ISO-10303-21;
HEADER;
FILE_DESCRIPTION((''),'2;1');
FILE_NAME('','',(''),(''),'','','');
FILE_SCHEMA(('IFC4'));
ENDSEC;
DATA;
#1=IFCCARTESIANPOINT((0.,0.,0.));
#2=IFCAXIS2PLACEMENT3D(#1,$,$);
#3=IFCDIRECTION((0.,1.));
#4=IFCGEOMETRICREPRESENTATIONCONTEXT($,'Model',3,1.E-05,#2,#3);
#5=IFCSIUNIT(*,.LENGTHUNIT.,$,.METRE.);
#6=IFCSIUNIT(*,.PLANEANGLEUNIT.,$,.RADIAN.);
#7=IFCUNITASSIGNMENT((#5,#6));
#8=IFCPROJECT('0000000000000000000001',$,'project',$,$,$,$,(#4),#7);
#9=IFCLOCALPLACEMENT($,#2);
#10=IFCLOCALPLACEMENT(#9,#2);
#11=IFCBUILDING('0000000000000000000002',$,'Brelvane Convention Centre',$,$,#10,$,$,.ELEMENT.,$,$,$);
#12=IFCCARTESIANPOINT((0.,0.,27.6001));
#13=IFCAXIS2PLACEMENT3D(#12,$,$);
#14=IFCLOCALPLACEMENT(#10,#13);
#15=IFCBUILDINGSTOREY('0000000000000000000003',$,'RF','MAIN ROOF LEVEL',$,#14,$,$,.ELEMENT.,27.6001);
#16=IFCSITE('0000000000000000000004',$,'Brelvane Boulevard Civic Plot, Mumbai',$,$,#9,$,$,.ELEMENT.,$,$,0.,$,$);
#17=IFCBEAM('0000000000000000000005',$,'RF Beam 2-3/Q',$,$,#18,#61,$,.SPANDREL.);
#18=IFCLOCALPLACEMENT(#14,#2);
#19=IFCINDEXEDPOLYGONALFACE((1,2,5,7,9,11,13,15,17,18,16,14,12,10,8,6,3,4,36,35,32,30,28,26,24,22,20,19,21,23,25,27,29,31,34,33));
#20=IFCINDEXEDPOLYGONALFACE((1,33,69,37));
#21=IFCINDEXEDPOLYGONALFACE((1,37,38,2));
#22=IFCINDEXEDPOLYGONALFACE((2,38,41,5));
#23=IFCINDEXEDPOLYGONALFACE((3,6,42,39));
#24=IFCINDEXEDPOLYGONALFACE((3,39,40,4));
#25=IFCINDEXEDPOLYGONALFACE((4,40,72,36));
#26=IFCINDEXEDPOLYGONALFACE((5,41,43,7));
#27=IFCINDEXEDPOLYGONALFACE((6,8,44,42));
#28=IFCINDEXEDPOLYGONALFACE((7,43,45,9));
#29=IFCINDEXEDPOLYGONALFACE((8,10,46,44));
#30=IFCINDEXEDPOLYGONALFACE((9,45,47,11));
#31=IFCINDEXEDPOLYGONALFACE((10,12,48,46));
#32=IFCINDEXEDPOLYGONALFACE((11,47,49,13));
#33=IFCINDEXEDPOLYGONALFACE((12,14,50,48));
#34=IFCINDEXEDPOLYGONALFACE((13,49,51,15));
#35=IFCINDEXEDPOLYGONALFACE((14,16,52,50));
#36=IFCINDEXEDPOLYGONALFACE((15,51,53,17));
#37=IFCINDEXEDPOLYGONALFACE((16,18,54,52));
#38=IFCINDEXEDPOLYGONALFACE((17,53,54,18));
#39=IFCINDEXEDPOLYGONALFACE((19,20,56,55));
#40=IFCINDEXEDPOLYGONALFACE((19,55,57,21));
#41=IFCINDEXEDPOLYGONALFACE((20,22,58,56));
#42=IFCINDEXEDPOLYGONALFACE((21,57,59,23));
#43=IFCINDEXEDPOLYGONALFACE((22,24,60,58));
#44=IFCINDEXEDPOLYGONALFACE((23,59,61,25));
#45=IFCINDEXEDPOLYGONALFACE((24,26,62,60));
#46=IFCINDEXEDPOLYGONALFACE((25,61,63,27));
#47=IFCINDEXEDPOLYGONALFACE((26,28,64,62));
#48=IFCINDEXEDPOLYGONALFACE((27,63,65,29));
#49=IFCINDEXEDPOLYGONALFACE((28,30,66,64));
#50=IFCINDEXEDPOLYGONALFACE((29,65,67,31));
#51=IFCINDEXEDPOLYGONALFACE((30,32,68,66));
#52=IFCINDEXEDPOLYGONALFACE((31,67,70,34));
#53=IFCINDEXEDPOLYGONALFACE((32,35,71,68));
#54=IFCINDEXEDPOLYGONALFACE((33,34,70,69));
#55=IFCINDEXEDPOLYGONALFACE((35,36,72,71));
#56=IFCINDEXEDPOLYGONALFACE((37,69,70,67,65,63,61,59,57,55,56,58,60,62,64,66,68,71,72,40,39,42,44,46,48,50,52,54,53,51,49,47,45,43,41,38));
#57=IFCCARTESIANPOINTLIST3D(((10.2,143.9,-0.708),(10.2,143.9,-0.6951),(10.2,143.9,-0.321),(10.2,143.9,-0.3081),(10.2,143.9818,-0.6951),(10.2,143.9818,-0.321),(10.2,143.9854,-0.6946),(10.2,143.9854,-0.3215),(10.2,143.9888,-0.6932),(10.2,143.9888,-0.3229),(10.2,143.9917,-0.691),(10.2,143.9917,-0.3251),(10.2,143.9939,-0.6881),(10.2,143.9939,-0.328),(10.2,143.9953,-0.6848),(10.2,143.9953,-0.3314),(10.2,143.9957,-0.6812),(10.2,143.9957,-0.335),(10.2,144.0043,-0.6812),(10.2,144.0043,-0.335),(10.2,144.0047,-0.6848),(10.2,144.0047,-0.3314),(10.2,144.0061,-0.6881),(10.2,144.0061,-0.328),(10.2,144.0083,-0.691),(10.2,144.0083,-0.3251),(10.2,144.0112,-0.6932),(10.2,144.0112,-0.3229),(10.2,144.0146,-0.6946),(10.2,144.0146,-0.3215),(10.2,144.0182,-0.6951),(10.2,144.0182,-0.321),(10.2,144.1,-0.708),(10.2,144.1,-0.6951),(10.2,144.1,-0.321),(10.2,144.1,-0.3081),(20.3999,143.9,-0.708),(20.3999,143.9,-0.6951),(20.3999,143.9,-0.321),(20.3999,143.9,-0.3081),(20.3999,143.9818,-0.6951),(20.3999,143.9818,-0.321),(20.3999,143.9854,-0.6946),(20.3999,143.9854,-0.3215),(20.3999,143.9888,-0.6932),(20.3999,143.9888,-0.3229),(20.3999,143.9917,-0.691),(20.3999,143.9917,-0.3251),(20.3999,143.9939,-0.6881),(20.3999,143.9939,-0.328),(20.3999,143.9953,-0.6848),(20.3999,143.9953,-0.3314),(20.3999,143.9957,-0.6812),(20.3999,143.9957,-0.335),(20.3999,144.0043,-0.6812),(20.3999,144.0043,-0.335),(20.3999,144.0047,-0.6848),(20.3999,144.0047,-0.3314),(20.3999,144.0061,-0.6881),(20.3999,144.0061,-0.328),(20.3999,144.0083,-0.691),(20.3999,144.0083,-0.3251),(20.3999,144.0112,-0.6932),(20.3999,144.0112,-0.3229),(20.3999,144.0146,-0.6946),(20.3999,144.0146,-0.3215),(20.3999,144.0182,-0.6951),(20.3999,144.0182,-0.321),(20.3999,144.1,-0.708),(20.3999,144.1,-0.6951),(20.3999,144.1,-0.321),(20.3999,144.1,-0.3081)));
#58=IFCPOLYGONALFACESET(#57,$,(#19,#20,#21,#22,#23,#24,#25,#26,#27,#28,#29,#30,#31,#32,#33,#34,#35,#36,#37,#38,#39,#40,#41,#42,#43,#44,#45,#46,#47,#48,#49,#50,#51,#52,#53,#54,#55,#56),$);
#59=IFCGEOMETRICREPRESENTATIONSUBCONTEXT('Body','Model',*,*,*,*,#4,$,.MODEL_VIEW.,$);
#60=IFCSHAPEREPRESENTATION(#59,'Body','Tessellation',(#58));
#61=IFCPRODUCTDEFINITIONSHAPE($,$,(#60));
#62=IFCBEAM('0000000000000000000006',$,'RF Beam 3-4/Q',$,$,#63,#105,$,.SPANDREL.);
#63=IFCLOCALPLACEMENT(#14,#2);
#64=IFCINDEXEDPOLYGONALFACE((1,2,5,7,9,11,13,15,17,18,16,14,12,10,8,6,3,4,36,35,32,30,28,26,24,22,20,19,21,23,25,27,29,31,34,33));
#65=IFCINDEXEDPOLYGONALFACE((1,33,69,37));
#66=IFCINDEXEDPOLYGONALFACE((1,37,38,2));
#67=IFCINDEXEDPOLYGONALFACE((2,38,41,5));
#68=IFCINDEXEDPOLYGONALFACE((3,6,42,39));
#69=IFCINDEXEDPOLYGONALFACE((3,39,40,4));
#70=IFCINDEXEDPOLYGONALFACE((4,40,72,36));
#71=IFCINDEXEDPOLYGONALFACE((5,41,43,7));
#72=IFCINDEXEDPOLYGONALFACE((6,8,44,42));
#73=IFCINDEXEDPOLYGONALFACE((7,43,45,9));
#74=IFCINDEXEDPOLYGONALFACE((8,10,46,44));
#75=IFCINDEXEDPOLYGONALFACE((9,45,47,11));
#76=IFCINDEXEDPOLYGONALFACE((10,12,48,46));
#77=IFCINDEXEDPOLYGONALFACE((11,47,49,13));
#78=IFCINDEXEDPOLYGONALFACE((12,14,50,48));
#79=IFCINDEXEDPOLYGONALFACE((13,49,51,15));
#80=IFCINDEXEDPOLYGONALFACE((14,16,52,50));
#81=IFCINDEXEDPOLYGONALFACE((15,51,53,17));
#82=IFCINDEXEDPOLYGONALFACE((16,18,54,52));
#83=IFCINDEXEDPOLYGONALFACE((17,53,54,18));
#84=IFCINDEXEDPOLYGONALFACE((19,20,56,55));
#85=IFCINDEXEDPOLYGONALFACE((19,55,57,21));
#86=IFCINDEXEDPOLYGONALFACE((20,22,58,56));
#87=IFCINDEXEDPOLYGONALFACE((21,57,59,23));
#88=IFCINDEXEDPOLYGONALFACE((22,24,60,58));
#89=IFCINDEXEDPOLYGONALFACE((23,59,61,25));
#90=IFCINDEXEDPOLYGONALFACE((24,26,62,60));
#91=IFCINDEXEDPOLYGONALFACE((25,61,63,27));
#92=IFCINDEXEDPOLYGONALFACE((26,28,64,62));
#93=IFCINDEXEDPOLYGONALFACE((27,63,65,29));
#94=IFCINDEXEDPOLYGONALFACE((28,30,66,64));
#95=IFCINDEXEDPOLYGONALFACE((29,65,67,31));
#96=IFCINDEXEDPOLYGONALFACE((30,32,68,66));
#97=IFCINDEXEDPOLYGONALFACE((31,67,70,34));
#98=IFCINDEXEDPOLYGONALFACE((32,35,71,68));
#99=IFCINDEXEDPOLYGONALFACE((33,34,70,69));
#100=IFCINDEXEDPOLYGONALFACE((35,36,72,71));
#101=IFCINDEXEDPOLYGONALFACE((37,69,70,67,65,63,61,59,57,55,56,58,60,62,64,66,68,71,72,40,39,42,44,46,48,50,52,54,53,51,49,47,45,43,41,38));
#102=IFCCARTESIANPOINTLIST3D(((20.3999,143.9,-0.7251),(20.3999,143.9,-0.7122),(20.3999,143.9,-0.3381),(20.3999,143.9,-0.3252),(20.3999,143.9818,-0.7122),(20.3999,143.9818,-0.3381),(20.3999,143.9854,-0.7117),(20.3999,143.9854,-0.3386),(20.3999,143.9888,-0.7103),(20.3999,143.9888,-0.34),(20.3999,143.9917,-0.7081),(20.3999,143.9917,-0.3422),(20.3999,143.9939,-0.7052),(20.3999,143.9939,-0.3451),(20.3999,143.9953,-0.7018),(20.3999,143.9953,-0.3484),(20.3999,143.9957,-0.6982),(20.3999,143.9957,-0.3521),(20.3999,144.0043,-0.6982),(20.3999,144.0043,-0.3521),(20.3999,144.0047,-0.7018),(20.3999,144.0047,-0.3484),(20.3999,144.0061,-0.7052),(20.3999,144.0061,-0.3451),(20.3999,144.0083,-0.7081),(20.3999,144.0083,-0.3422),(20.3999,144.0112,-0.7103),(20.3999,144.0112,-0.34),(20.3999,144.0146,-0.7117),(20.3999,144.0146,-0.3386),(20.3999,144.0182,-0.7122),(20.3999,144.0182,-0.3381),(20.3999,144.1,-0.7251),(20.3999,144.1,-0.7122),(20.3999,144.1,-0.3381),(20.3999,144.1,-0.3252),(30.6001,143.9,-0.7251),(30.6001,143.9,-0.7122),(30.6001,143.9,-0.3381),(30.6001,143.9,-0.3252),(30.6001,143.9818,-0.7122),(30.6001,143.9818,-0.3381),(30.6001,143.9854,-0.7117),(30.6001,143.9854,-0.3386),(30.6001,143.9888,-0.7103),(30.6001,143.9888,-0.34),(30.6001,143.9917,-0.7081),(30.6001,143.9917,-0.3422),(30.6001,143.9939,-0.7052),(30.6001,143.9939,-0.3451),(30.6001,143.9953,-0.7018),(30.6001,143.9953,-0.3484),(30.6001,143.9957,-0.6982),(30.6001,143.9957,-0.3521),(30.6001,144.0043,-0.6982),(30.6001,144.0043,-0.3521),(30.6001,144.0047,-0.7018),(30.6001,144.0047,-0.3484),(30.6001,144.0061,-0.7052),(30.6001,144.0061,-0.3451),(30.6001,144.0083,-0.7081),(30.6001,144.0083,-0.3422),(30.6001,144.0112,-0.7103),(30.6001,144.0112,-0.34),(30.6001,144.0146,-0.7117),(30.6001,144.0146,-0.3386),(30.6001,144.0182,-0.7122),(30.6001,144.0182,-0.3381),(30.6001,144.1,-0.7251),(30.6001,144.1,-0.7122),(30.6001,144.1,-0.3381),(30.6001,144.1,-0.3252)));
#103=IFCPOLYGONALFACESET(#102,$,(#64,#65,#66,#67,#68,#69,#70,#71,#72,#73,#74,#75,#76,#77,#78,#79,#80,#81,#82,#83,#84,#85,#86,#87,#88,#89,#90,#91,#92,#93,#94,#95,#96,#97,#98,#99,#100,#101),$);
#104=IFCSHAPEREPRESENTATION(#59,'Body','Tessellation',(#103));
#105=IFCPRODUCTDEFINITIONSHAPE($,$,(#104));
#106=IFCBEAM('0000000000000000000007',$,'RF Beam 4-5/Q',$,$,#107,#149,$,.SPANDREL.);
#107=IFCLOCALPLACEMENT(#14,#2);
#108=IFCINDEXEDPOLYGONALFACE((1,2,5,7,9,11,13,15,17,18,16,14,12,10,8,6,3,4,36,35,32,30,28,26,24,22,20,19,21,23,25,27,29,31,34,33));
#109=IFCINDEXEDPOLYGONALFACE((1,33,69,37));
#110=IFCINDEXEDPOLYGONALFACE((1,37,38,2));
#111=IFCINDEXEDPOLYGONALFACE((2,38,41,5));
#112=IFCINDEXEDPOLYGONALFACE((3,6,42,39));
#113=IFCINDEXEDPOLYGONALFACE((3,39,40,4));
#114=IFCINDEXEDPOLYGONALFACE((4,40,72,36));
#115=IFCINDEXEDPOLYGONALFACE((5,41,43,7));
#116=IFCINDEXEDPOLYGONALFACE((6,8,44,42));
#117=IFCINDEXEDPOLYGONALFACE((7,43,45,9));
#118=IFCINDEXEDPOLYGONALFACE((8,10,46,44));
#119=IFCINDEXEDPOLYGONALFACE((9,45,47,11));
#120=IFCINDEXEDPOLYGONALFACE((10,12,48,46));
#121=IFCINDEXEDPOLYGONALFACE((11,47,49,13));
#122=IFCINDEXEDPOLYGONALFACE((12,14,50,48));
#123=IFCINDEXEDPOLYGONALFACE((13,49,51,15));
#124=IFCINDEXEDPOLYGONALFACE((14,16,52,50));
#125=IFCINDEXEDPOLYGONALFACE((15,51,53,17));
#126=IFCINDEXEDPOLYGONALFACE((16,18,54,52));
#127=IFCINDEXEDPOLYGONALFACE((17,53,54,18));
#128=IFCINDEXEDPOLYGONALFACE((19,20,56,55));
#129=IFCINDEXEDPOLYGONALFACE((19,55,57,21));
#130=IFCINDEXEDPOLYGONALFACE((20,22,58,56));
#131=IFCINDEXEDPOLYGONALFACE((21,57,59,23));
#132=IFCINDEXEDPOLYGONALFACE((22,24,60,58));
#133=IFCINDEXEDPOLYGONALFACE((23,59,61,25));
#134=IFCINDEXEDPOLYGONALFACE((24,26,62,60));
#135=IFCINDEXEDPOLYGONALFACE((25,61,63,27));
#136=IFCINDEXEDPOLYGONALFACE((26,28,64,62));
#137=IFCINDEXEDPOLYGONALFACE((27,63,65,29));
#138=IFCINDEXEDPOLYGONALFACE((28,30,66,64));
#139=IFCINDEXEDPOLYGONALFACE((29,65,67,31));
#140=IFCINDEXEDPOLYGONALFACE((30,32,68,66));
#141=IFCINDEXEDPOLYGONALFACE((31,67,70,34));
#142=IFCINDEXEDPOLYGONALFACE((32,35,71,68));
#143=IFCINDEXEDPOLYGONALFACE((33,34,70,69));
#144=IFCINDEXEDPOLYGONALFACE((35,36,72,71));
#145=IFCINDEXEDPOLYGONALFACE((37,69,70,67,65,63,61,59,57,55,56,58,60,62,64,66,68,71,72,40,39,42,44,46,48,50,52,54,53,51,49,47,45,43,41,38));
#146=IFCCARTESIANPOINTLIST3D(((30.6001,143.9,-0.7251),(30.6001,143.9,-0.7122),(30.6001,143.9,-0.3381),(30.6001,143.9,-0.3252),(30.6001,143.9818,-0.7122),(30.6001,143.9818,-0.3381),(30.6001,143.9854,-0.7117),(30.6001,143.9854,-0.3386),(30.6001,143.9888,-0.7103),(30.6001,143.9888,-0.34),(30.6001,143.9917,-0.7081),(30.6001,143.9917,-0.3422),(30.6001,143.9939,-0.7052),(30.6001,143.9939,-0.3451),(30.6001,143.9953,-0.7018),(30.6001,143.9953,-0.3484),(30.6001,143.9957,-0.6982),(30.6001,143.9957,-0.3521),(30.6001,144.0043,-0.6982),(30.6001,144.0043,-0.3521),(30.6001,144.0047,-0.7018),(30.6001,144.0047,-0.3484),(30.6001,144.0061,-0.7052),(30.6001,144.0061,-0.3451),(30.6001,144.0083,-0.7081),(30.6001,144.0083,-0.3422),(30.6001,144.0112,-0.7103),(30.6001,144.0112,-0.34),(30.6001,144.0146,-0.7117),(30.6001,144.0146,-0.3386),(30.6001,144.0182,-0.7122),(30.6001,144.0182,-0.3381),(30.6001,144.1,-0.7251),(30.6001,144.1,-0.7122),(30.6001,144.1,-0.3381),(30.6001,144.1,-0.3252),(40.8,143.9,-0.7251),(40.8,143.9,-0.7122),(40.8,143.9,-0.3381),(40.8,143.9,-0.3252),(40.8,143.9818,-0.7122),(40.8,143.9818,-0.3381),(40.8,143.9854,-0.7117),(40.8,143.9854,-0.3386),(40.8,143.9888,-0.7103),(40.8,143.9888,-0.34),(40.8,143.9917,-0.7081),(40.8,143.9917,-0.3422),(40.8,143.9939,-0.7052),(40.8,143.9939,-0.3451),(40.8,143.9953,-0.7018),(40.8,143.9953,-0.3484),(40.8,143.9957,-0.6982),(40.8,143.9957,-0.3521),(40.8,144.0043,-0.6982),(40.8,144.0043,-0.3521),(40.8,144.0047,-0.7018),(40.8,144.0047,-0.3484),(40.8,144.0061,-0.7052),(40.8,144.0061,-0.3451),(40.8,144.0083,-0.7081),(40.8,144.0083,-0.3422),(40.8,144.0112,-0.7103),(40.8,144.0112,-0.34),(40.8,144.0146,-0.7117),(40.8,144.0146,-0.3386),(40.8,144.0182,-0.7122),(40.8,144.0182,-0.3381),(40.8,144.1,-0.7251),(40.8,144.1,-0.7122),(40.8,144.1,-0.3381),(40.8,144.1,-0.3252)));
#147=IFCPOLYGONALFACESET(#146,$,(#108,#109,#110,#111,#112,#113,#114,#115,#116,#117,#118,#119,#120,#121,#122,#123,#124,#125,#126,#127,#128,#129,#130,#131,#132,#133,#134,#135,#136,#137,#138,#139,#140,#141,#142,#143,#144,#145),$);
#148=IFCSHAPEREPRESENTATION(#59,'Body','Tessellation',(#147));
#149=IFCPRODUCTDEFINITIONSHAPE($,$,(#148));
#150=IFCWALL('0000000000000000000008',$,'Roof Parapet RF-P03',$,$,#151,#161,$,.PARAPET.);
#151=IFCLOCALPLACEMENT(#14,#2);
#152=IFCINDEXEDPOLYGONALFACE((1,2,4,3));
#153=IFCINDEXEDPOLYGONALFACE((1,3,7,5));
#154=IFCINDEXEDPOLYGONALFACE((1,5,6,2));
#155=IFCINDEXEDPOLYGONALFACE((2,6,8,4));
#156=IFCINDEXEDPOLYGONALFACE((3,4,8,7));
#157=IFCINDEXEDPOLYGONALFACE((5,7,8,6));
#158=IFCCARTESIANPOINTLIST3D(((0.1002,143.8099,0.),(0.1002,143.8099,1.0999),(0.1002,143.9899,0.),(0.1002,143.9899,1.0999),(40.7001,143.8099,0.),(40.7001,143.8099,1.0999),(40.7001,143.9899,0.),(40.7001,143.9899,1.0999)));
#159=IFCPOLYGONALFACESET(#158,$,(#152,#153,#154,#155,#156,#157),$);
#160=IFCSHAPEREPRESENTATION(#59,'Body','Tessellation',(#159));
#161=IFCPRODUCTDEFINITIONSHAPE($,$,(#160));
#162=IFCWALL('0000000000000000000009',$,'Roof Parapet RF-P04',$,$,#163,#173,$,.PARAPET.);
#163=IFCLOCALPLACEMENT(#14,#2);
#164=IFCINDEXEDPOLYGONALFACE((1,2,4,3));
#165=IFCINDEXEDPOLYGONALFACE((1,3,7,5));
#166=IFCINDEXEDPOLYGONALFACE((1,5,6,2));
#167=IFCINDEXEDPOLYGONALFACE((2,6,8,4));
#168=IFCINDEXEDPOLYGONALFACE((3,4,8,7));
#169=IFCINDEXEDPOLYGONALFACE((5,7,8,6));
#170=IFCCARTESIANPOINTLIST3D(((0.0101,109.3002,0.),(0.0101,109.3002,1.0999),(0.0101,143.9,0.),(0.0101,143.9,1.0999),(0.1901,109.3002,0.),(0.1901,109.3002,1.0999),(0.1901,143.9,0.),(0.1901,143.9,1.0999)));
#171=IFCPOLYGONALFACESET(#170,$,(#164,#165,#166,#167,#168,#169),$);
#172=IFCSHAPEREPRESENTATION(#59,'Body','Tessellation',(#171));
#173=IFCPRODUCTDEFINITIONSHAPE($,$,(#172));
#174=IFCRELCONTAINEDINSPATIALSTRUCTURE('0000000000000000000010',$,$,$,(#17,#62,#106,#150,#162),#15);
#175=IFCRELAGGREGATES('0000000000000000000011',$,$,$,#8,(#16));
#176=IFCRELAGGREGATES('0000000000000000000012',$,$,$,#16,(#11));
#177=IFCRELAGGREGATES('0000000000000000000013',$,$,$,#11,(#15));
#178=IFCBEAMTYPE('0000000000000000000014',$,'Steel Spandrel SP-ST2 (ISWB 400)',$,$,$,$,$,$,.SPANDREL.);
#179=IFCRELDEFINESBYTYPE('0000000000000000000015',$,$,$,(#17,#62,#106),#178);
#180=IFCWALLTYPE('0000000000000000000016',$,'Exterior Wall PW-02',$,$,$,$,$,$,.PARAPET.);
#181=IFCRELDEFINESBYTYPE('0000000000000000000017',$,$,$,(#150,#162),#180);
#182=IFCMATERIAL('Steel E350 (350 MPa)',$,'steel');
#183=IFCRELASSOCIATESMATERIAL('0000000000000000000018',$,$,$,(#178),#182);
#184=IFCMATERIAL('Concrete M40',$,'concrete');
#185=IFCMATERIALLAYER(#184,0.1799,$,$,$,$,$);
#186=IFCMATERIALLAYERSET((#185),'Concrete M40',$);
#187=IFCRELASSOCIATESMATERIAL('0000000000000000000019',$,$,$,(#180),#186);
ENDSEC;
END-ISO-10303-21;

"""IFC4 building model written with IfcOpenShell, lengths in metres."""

from ifc_helpers import new_model, si_unit, direction, frame, frame_2d, origin, origin_2d, place, context, subcontext, project, spatial, rectangle, i_section, extrude, material, layer, layer_set, material_profile, profile_set, type_object, element, save


model = new_model("IFC4")

# Units and contexts
model_context = context("Model", 3, precision=1e-05, world=origin(), true_north=direction((0.0, 1.0)))
body_context = subcontext(model_context, "Body", "Model", "MODEL_VIEW")
ifc_project = project(units=[si_unit("LENGTHUNIT", "METRE"), si_unit("PLANEANGLEUNIT", "RADIAN")], contexts=[model_context])

# Site, building, storey
site_placement = place(None, origin())
site = spatial("IfcSite", under=ifc_project, at=site_placement, Name="Brelvane Boulevard Civic Plot, Mumbai", CompositionType="ELEMENT", RefElevation=0.0)
building_placement = place(site_placement, origin())
building = spatial("IfcBuilding", under=site, at=building_placement, Name="Brelvane Convention Centre", CompositionType="ELEMENT")
storey_placement = place(building_placement, frame((0.0, 0.0, 27.6001)))
storey = spatial("IfcBuildingStorey", under=building, at=storey_placement, Name="RF", Description="MAIN ROOF LEVEL", CompositionType="ELEMENT", Elevation=27.6001)

# Beams
ifc_material_1 = material(Name="Steel E350 (350 MPa)", Category="steel")
ifc_material_profile_1 = material_profile(ifc_material_1, i_section(OverallWidth=0.2, OverallDepth=0.3999, WebThickness=0.0085, FlangeThickness=0.0129, FilletRadius=0.0139, at=origin_2d()), Name="ISWB 400")
ifc_profile_set_1 = profile_set([ifc_material_profile_1], Name="Steel E350 (350 MPa)")
beam_type_1 = type_object("IfcBeamType", Name="Steel Spandrel SP-ST2 (ISWB 400)", PredefinedType="SPANDREL", material=ifc_profile_set_1)
for number, where, z_axis, x_axis, name in (
    (1, (10.2, 144.0, -0.5081), (1.0, 0.0, 0.0), (0.0, 1.0, 0.0), "RF Beam 2-3/Q"),
):
    element("IfcBeam", number, at=place(storey_placement, frame(where, z_axis=z_axis, x_axis=x_axis)), inside=storey, type_object=beam_type_1, Name=name, PredefinedType="SPANDREL", context=body_context, shape_type="SweptSolid", body=[
        extrude(i_section(OverallWidth=0.2, OverallDepth=0.3999, WebThickness=0.0085, FlangeThickness=0.0129, FilletRadius=0.0139, at=origin_2d()), origin(), (0.0, 0.0, 1.0), 10.2),
    ])
beam_1_placement = place(storey_placement, frame((20.3999, 144.0, -0.5251), z_axis=(1.0, 0.0, 0.0), x_axis=(0.0, 1.0, 0.0)))
element("IfcBeam", 2, at=beam_1_placement, inside=storey, type_object=beam_type_1, Name="RF Beam 3-4/Q", PredefinedType="SPANDREL", context=body_context, shape_type="SweptSolid", body=[
    extrude(i_section(OverallWidth=0.2, OverallDepth=0.3999, WebThickness=0.0085, FlangeThickness=0.0129, FilletRadius=0.0139, at=origin_2d()), origin(), (0.0, 0.0, 1.0), 10.2002),
])
beam_2_placement = place(storey_placement, frame((30.6001, 144.0, -0.5251), z_axis=(1.0, 0.0, 0.0), x_axis=(0.0, 1.0, 0.0)))
element("IfcBeam", 3, at=beam_2_placement, inside=storey, type_object=beam_type_1, Name="RF Beam 4-5/Q", PredefinedType="SPANDREL", context=body_context, shape_type="SweptSolid", body=[
    extrude(i_section(OverallWidth=0.2, OverallDepth=0.3999, WebThickness=0.0085, FlangeThickness=0.0129, FilletRadius=0.0139, at=origin_2d()), origin(), (0.0, 0.0, 1.0), 10.2),
])

# Walls
ifc_material_2 = material(Name="Concrete M40", Category="concrete")
ifc_layer = layer(ifc_material_2, 0.1799)
ifc_layer_set = layer_set([ifc_layer], Name="Concrete M40")
wall_type = type_object("IfcWallType", Name="Exterior Wall PW-02", PredefinedType="PARAPET", material=ifc_layer_set)
wall_1_placement = place(storey_placement, frame((40.7, 143.8999, 0.0), z_axis=(0.0, 0.0, 1.0), x_axis=(-1.0, 0.0, 0.0)))
element("IfcWall", 4, at=wall_1_placement, inside=storey, type_object=wall_type, Name="Roof Parapet RF-P03", PredefinedType="PARAPET", context=body_context, shape_type="SweptSolid", body=[
    extrude(rectangle(XDim=40.5999, YDim=0.1799, at=frame_2d((20.2998, 0.0))), origin(), (0.0, 0.0, 1.0), 1.0999),
])
wall_2_placement = place(storey_placement, frame((0.1001, 143.8999, 0.0), z_axis=(0.0, 0.0, 1.0), x_axis=(0.0, -1.0, 0.0)))
element("IfcWall", 5, at=wall_2_placement, inside=storey, type_object=wall_type, Name="Roof Parapet RF-P04", PredefinedType="PARAPET", context=body_context, shape_type="SweptSolid", body=[
    extrude(rectangle(XDim=34.5999, YDim=0.1799, at=frame_2d((17.2998, 0.0))), origin(), (0.0, 0.0, 1.0), 1.0999),
])

save(model, "model.ifc")
